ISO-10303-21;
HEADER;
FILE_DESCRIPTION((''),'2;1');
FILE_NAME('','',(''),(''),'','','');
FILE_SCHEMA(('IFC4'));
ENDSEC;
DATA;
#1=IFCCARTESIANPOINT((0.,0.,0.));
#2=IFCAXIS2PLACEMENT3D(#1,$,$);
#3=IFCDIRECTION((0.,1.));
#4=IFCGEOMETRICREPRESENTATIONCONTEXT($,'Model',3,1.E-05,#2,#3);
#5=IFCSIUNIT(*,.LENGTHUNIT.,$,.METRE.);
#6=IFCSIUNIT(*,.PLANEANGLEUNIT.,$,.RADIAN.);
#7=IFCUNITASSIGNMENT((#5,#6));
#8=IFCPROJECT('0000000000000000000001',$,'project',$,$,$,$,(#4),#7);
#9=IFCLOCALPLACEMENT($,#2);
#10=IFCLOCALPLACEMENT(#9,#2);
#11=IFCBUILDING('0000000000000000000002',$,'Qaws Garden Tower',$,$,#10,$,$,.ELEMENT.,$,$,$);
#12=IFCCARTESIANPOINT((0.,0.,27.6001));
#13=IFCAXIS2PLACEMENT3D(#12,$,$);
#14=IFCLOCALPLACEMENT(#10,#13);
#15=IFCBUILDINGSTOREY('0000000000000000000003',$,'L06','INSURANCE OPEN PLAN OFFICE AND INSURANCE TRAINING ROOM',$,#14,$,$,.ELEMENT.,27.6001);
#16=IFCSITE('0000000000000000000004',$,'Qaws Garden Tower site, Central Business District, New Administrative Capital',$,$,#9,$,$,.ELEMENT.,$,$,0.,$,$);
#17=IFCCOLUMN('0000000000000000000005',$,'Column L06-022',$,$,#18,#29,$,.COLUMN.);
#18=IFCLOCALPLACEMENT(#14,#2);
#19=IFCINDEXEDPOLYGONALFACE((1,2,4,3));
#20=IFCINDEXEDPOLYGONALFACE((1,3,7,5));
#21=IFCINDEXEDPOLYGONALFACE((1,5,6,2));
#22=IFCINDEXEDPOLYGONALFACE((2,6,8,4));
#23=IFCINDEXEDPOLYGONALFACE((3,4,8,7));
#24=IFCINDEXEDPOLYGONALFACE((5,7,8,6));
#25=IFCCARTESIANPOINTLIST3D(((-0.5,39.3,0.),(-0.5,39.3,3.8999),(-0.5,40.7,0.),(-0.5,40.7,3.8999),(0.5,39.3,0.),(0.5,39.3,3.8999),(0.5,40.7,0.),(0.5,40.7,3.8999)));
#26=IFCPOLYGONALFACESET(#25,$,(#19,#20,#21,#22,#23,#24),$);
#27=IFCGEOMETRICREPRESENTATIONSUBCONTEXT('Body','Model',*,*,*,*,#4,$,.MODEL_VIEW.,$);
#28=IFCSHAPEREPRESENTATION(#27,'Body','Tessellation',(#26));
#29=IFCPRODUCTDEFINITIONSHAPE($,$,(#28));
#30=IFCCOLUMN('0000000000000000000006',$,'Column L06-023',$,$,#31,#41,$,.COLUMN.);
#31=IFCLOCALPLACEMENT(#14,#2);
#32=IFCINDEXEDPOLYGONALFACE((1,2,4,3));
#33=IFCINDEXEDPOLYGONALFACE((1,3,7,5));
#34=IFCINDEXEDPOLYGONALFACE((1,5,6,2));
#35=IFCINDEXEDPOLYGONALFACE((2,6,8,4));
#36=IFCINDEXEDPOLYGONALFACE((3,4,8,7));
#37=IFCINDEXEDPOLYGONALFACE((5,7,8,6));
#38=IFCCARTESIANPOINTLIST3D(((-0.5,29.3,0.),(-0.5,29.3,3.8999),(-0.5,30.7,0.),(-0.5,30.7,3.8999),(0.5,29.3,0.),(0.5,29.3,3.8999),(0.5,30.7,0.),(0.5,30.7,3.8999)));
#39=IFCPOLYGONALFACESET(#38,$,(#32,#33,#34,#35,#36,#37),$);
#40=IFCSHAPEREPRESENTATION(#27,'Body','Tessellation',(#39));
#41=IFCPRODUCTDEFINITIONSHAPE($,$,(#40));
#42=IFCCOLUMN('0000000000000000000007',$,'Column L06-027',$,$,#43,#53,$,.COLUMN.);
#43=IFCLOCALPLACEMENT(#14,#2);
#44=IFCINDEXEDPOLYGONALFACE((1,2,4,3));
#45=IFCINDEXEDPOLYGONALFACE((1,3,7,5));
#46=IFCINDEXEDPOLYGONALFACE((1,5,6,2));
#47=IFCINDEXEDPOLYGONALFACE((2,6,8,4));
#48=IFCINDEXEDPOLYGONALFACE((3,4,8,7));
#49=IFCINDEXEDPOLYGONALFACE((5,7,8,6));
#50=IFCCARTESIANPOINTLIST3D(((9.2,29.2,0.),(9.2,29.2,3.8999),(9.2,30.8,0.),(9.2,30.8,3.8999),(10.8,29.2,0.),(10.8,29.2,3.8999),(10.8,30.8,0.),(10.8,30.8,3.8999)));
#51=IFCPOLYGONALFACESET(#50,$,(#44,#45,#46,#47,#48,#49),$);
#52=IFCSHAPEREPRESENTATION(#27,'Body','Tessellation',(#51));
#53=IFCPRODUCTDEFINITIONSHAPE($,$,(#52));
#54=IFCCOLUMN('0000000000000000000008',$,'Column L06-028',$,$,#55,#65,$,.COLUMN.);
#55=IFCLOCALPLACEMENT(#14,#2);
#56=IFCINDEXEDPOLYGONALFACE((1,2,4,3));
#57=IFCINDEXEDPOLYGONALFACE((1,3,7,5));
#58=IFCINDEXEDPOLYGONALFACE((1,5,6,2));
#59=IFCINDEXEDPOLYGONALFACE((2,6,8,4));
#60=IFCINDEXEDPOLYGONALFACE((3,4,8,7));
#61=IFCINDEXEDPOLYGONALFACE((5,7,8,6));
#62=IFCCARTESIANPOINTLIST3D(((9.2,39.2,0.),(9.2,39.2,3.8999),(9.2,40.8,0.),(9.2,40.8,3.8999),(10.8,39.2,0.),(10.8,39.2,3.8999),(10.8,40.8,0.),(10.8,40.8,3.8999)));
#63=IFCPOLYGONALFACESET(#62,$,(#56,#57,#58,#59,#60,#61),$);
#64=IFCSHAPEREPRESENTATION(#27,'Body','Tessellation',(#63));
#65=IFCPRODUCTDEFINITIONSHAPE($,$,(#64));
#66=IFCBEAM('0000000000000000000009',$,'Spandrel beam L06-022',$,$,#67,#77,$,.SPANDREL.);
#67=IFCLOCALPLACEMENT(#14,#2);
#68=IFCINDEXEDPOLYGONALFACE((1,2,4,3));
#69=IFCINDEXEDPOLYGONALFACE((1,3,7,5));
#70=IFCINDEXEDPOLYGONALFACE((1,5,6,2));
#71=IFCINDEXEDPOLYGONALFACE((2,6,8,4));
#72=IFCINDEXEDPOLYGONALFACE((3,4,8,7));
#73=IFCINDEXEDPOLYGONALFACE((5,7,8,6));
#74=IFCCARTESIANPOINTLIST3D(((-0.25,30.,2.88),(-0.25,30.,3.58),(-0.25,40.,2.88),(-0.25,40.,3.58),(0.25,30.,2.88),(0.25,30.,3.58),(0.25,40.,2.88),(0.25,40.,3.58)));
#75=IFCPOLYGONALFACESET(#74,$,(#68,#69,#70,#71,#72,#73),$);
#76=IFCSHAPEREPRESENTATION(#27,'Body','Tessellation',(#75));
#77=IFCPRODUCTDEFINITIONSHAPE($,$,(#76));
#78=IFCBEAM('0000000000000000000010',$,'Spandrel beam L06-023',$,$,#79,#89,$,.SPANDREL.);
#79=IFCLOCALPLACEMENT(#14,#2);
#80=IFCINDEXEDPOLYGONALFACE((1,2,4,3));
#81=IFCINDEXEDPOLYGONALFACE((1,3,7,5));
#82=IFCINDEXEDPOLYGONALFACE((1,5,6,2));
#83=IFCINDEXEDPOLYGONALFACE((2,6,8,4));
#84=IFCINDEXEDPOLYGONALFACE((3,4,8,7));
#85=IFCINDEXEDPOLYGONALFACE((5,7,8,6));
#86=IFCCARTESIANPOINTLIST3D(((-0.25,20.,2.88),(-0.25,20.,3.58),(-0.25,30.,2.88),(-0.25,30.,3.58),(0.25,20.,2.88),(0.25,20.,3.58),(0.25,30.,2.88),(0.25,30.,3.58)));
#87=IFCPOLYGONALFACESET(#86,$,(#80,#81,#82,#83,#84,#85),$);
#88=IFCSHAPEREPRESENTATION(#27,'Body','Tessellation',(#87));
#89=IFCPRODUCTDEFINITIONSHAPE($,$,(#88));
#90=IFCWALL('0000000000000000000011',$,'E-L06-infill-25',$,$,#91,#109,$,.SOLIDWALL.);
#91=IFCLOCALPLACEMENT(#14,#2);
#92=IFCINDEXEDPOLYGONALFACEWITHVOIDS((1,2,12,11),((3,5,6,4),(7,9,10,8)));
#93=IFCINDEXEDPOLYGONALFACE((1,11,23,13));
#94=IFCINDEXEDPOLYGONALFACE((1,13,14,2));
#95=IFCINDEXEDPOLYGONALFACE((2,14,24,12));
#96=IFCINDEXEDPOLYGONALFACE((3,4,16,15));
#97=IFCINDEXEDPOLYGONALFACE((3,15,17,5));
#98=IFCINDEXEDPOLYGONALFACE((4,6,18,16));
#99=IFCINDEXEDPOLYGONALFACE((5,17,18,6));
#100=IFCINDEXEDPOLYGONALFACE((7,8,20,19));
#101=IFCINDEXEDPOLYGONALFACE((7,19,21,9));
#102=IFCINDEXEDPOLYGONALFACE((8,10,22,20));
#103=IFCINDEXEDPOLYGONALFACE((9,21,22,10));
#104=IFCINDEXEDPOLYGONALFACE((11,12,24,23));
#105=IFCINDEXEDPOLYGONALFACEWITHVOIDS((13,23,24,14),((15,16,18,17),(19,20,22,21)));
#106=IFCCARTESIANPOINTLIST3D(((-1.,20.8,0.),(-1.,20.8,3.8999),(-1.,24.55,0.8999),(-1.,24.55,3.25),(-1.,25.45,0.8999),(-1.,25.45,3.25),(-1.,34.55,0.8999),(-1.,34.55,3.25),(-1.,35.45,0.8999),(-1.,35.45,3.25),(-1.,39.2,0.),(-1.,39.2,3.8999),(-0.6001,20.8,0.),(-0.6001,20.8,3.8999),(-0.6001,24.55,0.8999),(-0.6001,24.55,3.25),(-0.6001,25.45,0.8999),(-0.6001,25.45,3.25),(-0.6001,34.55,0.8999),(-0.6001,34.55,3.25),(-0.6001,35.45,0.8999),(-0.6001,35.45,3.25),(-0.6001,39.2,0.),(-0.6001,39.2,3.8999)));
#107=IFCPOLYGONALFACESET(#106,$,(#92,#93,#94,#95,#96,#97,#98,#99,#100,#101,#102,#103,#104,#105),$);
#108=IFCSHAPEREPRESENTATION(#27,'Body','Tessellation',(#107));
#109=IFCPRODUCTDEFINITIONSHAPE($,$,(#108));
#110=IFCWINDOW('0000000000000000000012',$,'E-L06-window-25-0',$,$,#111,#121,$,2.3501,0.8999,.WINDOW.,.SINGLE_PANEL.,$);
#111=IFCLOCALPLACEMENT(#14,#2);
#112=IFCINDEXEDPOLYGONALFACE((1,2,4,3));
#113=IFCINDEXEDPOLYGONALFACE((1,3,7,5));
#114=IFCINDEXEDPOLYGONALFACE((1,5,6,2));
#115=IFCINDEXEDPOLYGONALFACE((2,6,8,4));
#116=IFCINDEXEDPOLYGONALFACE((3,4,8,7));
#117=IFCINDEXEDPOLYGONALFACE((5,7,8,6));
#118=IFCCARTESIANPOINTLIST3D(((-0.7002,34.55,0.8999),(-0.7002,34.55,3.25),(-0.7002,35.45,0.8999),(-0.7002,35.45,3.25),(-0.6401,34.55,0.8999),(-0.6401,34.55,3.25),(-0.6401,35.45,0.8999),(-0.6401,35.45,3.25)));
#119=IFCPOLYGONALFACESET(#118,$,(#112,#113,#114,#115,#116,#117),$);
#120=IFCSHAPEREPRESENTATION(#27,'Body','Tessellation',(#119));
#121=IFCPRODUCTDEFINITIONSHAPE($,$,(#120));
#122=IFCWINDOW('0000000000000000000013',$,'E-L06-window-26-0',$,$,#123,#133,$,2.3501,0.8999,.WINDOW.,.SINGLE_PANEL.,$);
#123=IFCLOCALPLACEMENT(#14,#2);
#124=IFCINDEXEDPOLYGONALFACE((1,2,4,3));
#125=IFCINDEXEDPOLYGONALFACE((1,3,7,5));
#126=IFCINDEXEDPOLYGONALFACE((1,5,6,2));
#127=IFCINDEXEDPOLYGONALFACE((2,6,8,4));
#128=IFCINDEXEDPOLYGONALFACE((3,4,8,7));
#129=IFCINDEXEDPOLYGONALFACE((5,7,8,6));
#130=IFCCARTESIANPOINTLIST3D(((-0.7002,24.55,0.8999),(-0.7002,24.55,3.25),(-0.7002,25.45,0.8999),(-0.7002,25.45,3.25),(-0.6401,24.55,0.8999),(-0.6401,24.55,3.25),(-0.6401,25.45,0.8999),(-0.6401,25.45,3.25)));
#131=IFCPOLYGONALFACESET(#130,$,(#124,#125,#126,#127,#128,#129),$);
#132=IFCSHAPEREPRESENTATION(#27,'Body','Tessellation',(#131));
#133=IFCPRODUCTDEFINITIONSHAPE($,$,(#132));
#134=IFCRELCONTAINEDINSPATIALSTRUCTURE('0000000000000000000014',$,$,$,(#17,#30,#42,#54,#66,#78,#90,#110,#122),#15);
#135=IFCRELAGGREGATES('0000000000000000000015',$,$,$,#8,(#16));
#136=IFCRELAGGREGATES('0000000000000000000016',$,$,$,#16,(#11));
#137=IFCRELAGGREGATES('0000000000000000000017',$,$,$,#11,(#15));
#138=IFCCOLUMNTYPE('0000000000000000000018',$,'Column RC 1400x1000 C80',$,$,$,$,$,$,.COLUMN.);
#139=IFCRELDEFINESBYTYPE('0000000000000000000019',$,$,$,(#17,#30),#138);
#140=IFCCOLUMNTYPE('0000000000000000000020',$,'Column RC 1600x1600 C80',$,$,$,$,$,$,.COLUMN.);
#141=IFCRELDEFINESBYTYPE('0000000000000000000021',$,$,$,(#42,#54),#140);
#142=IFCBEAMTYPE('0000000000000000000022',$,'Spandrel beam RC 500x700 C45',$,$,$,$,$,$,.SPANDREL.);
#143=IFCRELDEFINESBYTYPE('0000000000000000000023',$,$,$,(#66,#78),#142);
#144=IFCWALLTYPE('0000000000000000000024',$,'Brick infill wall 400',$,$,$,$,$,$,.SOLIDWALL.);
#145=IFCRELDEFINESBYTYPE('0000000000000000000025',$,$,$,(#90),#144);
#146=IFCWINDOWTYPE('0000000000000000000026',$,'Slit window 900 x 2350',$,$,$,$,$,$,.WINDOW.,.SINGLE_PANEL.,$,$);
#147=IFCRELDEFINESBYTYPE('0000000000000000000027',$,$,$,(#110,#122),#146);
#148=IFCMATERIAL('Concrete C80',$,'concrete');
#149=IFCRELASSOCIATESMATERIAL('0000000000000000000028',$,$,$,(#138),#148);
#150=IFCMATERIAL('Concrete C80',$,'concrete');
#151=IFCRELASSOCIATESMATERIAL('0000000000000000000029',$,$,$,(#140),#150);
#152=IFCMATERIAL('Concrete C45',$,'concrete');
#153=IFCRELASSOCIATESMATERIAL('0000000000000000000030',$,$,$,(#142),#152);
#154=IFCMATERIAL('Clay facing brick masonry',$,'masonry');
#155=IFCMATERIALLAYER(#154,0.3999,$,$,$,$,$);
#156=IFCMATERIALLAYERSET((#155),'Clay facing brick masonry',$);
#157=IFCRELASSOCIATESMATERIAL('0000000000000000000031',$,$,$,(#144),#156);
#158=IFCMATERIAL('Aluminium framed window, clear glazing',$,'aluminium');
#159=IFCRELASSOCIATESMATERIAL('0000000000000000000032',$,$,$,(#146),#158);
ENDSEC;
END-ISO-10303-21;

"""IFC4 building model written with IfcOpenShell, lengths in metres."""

from ifc_helpers import new_model, si_unit, direction, frame, frame_2d, origin, origin_2d, place, context, subcontext, project, spatial, rectangle, extrude, material, layer, layer_set, material_profile, profile_set, type_object, element, fill, save


model = new_model("IFC4")

# Units and contexts
model_context = context("Model", 3, precision=1e-05, world=origin(), true_north=direction((0.0, 1.0)))
body_context = subcontext(model_context, "Body", "Model", "MODEL_VIEW")
ifc_project = project(units=[si_unit("LENGTHUNIT", "METRE"), si_unit("PLANEANGLEUNIT", "RADIAN")], contexts=[model_context])

# Site, building, storey
site_placement = place(None, origin())
site = spatial("IfcSite", under=ifc_project, at=site_placement, Name="Qaws Garden Tower site, Central Business District, New Administrative Capital", CompositionType="ELEMENT", RefElevation=0.0)
building_placement = place(site_placement, origin())
building = spatial("IfcBuilding", under=site, at=building_placement, Name="Qaws Garden Tower", CompositionType="ELEMENT")
storey_placement = place(building_placement, frame((0.0, 0.0, 27.6001)))
storey = spatial("IfcBuildingStorey", under=building, at=storey_placement, Name="L06", Description="INSURANCE OPEN PLAN OFFICE AND INSURANCE TRAINING ROOM", CompositionType="ELEMENT", Elevation=27.6001)

# Columns
ifc_material_1 = material(Name="Concrete C80", Category="concrete")
ifc_material_profile_1 = material_profile(ifc_material_1, rectangle(XDim=1.3999, YDim=1.0, at=origin_2d()), Name="RC 1400x1000")
ifc_profile_set_1 = profile_set([ifc_material_profile_1], Name="Concrete C80")
column_type_1 = type_object("IfcColumnType", Name="Column RC 1400x1000 C80", PredefinedType="COLUMN", material=ifc_profile_set_1)
for number, where, z_axis, x_axis, name in (
    (1, (0.0, 40.0, 0.0), (0.0, 0.0, 1.0), (0.0, 1.0, 0.0), "Column L06-022"),
    (2, (0.0, 30.0, 0.0), (0.0, 0.0, 1.0), (0.0, 1.0, 0.0), "Column L06-023"),
):
    element("IfcColumn", number, at=place(storey_placement, frame(where, z_axis=z_axis, x_axis=x_axis)), inside=storey, type_object=column_type_1, Name=name, PredefinedType="COLUMN", context=body_context, shape_type="SweptSolid", body=[
        extrude(rectangle(XDim=1.3999, YDim=1.0, at=origin_2d()), origin(), (0.0, 0.0, 1.0), 3.8999),
    ])
ifc_material_2 = material(Name="Concrete C80", Category="concrete")
ifc_material_profile_2 = material_profile(ifc_material_2, rectangle(XDim=1.6001, YDim=1.6001, at=origin_2d()), Name="RC 1600x1600")
ifc_profile_set_2 = profile_set([ifc_material_profile_2], Name="Concrete C80")
column_type_2 = type_object("IfcColumnType", Name="Column RC 1600x1600 C80", PredefinedType="COLUMN", material=ifc_profile_set_2)
for number, where, z_axis, x_axis, name in (
    (3, (10.0, 30.0, 0.0), (0.0, 0.0, 1.0), (1.0, 0.0, 0.0), "Column L06-027"),
    (4, (10.0, 40.0, 0.0), (0.0, 0.0, 1.0), (1.0, 0.0, 0.0), "Column L06-028"),
):
    element("IfcColumn", number, at=place(storey_placement, frame(where, z_axis=z_axis, x_axis=x_axis)), inside=storey, type_object=column_type_2, Name=name, PredefinedType="COLUMN", context=body_context, shape_type="SweptSolid", body=[
        extrude(rectangle(XDim=1.6001, YDim=1.6001, at=origin_2d()), origin(), (0.0, 0.0, 1.0), 3.8999),
    ])

# Beams
ifc_material_3 = material(Name="Concrete C45", Category="concrete")
ifc_material_profile_3 = material_profile(ifc_material_3, rectangle(XDim=0.5, YDim=0.7, at=origin_2d()), Name="RC 500x700")
ifc_profile_set_3 = profile_set([ifc_material_profile_3], Name="Concrete C45")
beam_type = type_object("IfcBeamType", Name="Spandrel beam RC 500x700 C45", PredefinedType="SPANDREL", material=ifc_profile_set_3)
for number, where, z_axis, x_axis, name in (
    (5, (0.0, 40.0, 3.23), (0.0, -1.0, 0.0), (1.0, 0.0, 0.0), "Spandrel beam L06-022"),
    (6, (0.0, 30.0, 3.23), (0.0, -1.0, 0.0), (1.0, 0.0, 0.0), "Spandrel beam L06-023"),
):
    element("IfcBeam", number, at=place(storey_placement, frame(where, z_axis=z_axis, x_axis=x_axis)), inside=storey, type_object=beam_type, Name=name, PredefinedType="SPANDREL", context=body_context, shape_type="SweptSolid", body=[
        extrude(rectangle(XDim=0.5, YDim=0.7, at=origin_2d()), origin(), (0.0, 0.0, 1.0), 10.0),
    ])

# Wall, openings, windows
ifc_material_4 = material(Name="Clay facing brick masonry", Category="masonry")
ifc_layer_1 = layer(ifc_material_4, 0.3999)
ifc_layer_set_1 = layer_set([ifc_layer_1], Name="Clay facing brick masonry")
wall_type_1 = type_object("IfcWallType", Name="Brick infill wall 400", PredefinedType="SOLIDWALL", material=ifc_layer_set_1)
wall_1_placement = place(storey_placement, frame((-0.8, 39.2, 0.0), z_axis=(0.0, 0.0, 1.0), x_axis=(0.0, -1.0, 0.0)))
wall_1 = element("IfcWall", 7, at=wall_1_placement, inside=storey, type_object=wall_type_1, Name="E-L06-infill-25", PredefinedType="SOLIDWALL", context=body_context, shape_type="SweptSolid", body=[
    extrude(rectangle(XDim=18.3999, YDim=0.3999, at=frame_2d((9.2, 0.0))), origin(), (0.0, 0.0, 1.0), 3.8999),
])
opening_1_placement = place(wall_1_placement, frame((3.75, 0.0, 0.8999)))
opening_1 = element("IfcOpeningElement", 8, at=opening_1_placement, cuts=wall_1, PredefinedType="OPENING", context=body_context, shape_type="SweptSolid", body=[
    extrude(rectangle(XDim=0.8999, YDim=2.3501, at=frame_2d((0.45, 1.175))), frame((0.0, 0.21, 0.0), z_axis=(0.0, -1.0, 0.0), x_axis=(1.0, 0.0, 0.0)), (0.0, 0.0, 1.0), 0.4199),
])
opening_2_placement = place(wall_1_placement, frame((13.75, 0.0, 0.8999)))
opening_2 = element("IfcOpeningElement", 9, at=opening_2_placement, cuts=wall_1, PredefinedType="OPENING", context=body_context, shape_type="SweptSolid", body=[
    extrude(rectangle(XDim=0.8999, YDim=2.3501, at=frame_2d((0.45, 1.175))), frame((0.0, 0.21, 0.0), z_axis=(0.0, -1.0, 0.0), x_axis=(1.0, 0.0, 0.0)), (0.0, 0.0, 1.0), 0.4199),
])
ifc_material_5 = material(Name="Aluminium framed window, clear glazing", Category="aluminium")
window_type = type_object("IfcWindowType", Name="Slit window 900 x 2350", PartitioningType="SINGLE_PANEL", PredefinedType="WINDOW", material=ifc_material_5)
window_1_placement = place(opening_1_placement, origin())
window_1 = element("IfcWindow", 10, at=window_1_placement, inside=storey, type_object=window_type, Name="E-L06-window-25-0", OverallHeight=2.3501, OverallWidth=0.8999, PartitioningType="SINGLE_PANEL", PredefinedType="WINDOW", context=body_context, shape_type="SweptSolid", body=[
    extrude(rectangle(XDim=0.8999, YDim=2.3501, at=frame_2d((0.45, 1.175))), frame((0.0, 0.1599, 0.0), z_axis=(0.0, -1.0, 0.0), x_axis=(1.0, 0.0, 0.0)), (0.0, 0.0, 1.0), 0.0601),
])
fill(opening_1, window_1)
window_2_placement = place(opening_2_placement, origin())
window_2 = element("IfcWindow", 11, at=window_2_placement, inside=storey, type_object=window_type, Name="E-L06-window-26-0", OverallHeight=2.3501, OverallWidth=0.8999, PartitioningType="SINGLE_PANEL", PredefinedType="WINDOW", context=body_context, shape_type="SweptSolid", body=[
    extrude(rectangle(XDim=0.8999, YDim=2.3501, at=frame_2d((0.45, 1.175))), frame((0.0, 0.1599, 0.0), z_axis=(0.0, -1.0, 0.0), x_axis=(1.0, 0.0, 0.0)), (0.0, 0.0, 1.0), 0.0601),
])
fill(opening_2, window_2)

save(model, "model.ifc")
